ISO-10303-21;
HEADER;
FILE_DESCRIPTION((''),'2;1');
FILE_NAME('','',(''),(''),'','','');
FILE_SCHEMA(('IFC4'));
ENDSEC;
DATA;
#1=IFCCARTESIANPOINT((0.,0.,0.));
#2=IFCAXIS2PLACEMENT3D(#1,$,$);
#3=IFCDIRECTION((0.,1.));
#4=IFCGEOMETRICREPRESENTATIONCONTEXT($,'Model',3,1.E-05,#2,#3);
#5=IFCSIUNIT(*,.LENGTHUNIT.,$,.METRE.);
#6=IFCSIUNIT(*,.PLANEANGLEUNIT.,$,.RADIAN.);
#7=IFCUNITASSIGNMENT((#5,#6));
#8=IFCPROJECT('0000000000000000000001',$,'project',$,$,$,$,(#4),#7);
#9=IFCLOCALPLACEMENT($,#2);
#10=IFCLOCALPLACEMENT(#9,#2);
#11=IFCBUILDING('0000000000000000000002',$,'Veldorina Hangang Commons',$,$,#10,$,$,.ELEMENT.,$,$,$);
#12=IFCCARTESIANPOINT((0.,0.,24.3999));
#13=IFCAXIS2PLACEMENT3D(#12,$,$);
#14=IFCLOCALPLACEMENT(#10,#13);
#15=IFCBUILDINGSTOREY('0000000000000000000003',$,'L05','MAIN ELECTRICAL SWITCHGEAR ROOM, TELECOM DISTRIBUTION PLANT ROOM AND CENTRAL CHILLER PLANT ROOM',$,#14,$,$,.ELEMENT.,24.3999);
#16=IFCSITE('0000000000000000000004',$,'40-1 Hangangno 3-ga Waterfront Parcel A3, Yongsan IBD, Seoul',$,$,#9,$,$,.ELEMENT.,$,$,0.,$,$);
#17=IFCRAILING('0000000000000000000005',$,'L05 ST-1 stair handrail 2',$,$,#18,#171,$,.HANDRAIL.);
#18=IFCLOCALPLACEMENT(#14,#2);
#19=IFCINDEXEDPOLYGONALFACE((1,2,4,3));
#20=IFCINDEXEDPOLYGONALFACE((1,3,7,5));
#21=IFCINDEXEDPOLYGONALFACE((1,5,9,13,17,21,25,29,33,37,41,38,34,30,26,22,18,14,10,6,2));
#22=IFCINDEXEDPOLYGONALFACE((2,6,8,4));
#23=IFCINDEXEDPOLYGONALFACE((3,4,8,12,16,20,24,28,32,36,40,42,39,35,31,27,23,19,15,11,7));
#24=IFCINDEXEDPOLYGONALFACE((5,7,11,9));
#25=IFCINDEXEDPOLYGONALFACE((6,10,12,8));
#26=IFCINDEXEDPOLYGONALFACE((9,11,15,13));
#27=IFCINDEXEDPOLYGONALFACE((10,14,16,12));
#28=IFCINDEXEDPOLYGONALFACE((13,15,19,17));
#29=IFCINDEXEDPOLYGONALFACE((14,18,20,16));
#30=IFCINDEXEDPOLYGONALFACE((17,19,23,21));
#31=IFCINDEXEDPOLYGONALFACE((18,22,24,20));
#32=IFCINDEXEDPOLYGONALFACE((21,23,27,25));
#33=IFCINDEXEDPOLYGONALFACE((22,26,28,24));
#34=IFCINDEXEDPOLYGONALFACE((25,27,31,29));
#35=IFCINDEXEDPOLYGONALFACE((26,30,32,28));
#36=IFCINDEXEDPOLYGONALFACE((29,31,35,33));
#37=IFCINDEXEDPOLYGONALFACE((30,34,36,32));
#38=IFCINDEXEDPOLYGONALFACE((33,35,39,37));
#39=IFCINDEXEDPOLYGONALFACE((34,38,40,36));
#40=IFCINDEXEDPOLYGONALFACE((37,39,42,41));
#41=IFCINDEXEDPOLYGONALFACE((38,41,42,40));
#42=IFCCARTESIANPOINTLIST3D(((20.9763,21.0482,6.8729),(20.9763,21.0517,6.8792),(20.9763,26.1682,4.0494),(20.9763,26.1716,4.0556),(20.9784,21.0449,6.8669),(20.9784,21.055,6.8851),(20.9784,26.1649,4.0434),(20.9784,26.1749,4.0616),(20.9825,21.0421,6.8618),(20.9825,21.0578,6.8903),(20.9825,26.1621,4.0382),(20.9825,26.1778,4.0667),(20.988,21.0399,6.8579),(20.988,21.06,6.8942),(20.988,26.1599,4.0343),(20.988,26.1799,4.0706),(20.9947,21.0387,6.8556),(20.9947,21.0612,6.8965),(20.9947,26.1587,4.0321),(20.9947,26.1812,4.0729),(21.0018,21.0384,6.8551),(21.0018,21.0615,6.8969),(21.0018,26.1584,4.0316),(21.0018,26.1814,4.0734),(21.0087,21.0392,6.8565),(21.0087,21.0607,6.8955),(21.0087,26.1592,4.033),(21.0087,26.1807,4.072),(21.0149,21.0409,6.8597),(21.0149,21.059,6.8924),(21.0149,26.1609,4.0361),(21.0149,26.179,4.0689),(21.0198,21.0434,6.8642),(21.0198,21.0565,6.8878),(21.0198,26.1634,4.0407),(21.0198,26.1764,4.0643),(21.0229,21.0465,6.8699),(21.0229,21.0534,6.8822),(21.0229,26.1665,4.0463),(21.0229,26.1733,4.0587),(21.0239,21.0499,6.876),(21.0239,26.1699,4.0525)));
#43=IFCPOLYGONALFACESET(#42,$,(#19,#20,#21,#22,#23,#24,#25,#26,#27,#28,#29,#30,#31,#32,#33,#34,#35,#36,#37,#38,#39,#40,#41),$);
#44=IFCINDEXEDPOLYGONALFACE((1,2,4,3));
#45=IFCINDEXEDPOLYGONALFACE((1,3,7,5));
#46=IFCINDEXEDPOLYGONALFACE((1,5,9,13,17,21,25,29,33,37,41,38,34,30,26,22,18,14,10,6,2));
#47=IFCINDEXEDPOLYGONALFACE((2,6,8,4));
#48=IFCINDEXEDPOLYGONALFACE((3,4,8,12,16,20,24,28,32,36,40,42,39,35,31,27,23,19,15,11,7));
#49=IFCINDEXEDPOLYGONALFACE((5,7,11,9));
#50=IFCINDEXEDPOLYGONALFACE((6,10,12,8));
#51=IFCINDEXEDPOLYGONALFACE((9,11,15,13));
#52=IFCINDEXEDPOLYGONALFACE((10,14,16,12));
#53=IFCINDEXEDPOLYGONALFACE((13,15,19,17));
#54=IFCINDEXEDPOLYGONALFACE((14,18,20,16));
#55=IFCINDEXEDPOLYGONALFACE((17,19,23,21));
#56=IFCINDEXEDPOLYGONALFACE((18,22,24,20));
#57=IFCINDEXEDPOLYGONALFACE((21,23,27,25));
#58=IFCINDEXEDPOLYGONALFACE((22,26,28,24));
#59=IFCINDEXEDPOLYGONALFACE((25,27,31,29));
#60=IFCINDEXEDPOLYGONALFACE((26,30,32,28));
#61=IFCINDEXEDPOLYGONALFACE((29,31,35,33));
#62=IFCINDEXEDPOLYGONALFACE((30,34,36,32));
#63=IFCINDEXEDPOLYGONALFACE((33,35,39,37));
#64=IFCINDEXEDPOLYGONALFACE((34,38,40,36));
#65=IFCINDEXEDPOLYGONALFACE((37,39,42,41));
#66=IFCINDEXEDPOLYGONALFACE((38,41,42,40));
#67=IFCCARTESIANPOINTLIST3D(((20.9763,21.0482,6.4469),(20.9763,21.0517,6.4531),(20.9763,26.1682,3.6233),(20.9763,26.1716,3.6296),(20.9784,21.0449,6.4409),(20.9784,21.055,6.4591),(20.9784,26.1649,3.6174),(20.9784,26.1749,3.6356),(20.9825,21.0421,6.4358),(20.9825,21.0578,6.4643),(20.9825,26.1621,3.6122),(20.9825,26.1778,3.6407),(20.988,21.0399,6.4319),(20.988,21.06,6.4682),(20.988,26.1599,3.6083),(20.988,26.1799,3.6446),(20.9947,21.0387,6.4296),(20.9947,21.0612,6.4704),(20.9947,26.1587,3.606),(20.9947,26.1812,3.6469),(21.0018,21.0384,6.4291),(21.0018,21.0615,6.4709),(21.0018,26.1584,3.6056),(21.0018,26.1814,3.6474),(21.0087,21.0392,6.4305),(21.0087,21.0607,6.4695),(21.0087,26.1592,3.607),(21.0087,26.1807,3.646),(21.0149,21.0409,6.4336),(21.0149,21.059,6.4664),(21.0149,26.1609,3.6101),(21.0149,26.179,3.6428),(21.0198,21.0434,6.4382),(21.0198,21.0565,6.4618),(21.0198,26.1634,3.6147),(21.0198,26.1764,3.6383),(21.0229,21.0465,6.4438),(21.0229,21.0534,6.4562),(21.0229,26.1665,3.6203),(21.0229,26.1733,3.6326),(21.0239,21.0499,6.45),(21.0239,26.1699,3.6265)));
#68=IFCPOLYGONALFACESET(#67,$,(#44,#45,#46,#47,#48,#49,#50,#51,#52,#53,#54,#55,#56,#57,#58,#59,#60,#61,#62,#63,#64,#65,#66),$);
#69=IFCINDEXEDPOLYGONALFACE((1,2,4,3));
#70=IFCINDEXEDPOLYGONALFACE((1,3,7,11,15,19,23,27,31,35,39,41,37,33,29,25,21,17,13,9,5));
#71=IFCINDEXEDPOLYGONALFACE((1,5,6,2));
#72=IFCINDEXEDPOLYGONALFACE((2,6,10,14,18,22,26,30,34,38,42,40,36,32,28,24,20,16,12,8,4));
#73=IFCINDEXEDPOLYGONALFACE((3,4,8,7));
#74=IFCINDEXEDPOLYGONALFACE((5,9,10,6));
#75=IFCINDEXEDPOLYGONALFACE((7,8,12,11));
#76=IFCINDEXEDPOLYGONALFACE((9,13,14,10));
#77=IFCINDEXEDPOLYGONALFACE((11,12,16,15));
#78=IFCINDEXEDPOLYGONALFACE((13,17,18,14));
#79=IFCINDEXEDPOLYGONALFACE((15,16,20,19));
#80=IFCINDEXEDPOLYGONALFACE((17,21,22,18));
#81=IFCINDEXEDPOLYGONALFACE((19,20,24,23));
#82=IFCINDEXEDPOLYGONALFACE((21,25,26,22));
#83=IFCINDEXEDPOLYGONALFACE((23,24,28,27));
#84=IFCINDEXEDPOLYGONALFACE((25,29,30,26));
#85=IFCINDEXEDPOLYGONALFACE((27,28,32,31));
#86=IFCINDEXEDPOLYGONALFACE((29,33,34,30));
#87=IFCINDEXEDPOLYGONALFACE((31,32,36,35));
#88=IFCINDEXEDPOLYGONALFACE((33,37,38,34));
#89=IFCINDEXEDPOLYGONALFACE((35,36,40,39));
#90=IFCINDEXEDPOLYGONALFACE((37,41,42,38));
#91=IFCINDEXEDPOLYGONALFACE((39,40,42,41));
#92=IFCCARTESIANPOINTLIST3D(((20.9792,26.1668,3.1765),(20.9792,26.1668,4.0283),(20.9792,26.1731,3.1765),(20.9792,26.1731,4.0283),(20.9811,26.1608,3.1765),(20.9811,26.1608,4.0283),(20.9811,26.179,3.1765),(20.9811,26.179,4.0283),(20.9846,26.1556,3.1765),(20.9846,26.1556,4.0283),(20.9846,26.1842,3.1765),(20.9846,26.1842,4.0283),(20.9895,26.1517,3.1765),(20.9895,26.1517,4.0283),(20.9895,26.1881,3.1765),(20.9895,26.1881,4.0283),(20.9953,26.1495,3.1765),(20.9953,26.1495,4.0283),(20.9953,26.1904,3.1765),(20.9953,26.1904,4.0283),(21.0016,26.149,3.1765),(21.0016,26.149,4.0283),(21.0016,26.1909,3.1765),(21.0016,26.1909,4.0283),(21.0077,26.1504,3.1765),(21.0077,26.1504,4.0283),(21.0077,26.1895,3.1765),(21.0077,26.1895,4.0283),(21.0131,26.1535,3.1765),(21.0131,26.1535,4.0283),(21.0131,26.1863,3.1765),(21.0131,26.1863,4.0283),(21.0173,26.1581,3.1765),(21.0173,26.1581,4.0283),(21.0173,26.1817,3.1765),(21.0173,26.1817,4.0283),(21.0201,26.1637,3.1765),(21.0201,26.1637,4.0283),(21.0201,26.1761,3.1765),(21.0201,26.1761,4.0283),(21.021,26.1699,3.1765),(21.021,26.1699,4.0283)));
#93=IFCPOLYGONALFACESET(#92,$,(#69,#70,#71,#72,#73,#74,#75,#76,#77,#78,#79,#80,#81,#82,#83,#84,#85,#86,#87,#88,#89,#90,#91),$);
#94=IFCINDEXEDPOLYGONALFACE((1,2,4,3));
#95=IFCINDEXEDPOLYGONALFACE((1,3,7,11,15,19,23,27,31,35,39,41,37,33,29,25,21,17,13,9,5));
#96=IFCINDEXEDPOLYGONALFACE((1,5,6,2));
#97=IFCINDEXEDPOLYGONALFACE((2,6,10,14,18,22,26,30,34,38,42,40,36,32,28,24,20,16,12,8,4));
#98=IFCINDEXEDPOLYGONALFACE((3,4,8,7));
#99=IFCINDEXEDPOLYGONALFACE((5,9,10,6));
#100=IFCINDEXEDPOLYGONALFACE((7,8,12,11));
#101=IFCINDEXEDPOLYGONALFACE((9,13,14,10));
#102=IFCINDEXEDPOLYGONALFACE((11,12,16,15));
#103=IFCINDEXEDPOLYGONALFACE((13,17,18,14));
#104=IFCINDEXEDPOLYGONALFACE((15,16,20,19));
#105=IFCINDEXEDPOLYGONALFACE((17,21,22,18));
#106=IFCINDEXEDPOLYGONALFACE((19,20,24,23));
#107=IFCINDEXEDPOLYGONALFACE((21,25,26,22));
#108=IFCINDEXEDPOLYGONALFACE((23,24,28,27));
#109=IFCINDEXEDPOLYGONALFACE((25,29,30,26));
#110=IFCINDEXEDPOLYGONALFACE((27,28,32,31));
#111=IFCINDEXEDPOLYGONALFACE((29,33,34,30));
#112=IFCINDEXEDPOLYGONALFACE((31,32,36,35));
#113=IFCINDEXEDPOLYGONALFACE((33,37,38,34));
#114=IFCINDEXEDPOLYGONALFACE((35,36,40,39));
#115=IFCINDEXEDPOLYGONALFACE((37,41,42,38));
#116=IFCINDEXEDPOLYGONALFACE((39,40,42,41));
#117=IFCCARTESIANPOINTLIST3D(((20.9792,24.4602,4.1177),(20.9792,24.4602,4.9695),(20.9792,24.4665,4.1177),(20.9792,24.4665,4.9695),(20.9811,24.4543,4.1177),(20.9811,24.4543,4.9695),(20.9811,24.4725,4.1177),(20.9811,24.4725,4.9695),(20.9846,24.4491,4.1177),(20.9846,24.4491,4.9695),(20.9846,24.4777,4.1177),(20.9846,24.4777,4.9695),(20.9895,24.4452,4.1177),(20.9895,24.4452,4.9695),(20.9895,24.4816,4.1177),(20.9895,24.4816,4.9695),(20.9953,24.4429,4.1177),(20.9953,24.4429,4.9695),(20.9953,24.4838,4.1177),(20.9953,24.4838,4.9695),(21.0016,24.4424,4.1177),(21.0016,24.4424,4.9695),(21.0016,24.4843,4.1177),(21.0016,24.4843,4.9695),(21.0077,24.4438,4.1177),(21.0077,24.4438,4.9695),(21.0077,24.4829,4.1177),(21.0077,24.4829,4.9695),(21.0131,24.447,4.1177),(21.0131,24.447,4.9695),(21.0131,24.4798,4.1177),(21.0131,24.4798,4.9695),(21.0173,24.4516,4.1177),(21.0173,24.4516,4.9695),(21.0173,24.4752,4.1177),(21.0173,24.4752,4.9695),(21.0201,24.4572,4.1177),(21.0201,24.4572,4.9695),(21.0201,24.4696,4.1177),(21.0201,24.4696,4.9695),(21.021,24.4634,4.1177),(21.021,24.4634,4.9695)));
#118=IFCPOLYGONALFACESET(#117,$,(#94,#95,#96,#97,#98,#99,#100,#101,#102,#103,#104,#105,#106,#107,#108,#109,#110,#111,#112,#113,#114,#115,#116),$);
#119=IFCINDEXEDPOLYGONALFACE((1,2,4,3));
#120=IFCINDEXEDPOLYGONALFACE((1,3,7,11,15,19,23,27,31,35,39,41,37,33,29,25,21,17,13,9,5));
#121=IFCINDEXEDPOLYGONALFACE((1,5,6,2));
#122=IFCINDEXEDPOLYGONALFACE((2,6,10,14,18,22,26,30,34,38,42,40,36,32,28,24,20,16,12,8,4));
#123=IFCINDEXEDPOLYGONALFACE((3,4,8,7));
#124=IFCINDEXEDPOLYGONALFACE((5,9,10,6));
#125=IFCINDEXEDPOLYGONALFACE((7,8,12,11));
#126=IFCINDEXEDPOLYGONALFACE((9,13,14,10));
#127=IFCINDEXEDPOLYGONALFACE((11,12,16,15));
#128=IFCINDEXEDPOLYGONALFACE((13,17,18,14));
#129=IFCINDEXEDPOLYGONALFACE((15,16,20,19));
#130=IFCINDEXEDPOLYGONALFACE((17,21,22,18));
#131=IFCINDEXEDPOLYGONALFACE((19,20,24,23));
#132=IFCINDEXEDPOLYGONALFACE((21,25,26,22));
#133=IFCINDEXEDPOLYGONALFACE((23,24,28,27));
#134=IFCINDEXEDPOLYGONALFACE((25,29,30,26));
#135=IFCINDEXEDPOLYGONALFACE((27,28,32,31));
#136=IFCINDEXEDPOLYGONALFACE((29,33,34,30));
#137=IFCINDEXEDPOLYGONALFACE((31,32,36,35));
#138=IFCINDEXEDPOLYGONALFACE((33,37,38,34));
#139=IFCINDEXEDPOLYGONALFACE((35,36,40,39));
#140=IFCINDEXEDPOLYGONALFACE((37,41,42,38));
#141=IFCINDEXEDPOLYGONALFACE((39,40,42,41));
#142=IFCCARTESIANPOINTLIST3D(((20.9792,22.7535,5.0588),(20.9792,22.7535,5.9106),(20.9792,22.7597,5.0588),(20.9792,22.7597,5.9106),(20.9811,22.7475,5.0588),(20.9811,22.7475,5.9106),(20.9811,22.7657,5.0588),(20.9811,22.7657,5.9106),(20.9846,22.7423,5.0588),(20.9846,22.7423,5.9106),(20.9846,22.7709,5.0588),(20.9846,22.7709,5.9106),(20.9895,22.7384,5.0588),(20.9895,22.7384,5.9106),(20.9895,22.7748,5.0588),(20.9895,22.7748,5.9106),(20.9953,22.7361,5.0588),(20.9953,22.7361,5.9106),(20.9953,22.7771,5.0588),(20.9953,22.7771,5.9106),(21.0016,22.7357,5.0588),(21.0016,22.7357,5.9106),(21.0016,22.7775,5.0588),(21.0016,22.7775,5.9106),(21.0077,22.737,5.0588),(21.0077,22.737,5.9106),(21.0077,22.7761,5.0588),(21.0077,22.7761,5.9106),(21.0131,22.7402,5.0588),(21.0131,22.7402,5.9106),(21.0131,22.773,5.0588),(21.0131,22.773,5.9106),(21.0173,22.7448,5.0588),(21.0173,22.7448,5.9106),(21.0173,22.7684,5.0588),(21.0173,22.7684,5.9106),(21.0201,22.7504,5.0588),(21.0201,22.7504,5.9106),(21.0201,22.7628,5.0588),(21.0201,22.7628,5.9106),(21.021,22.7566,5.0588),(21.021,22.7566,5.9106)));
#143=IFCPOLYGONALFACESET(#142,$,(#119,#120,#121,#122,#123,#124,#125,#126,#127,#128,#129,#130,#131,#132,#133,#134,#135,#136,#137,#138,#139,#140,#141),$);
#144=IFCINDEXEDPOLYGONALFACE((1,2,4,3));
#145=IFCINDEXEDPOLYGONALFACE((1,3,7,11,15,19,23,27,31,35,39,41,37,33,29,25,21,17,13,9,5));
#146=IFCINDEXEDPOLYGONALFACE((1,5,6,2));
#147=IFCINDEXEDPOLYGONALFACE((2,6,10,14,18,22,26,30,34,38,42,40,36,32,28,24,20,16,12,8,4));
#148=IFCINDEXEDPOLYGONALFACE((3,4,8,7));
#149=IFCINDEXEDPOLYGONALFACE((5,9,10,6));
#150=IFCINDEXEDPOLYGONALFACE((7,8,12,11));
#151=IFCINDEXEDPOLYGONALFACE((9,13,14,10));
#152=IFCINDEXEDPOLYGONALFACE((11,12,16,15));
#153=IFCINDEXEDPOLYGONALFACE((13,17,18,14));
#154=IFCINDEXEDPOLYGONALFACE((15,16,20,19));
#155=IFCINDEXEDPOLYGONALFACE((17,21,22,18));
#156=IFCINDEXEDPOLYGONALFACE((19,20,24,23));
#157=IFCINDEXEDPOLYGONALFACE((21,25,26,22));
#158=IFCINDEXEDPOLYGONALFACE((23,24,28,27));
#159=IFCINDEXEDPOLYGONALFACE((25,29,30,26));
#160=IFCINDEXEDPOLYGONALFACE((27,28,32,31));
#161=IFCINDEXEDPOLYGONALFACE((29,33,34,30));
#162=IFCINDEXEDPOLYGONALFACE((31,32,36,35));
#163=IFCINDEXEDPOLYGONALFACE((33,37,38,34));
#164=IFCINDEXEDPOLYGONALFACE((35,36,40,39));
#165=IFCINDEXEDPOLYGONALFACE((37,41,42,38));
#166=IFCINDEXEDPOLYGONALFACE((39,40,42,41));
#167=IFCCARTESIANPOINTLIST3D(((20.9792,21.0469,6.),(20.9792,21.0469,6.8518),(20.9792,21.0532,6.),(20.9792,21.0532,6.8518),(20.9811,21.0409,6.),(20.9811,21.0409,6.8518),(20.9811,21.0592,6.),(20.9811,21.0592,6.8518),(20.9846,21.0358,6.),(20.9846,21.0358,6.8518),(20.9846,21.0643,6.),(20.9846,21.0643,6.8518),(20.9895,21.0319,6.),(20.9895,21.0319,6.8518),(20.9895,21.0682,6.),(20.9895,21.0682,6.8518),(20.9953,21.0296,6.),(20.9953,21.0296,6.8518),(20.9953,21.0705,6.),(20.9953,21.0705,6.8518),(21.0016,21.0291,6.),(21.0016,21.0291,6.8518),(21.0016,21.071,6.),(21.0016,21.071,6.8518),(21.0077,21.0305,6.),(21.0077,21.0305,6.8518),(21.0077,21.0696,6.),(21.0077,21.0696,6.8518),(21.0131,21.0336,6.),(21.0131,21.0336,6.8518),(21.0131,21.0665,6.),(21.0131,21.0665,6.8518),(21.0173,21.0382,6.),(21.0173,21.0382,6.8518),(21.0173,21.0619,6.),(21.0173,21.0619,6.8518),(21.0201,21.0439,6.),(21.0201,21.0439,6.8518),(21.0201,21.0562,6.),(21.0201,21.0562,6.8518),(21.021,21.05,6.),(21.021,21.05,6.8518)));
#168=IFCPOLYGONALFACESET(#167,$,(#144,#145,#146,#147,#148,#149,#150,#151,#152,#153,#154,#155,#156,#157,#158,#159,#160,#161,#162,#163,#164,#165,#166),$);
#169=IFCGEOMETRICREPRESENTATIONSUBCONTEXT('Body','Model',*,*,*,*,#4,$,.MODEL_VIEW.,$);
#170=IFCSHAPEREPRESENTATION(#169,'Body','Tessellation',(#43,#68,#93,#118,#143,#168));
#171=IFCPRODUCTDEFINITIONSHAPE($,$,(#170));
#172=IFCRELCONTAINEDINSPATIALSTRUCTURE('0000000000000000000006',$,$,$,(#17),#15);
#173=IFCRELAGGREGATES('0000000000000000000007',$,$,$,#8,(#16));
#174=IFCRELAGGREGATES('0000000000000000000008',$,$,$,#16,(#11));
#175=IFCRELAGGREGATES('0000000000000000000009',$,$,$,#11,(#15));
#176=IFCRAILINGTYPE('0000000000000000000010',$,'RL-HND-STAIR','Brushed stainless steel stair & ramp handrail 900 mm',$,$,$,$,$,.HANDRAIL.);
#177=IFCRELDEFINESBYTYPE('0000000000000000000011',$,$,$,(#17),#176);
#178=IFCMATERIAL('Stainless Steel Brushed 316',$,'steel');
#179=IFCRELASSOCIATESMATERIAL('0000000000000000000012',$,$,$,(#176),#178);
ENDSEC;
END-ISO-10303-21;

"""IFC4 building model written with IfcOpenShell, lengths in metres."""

from ifc_helpers import new_model, si_unit, direction, frame, origin, origin_2d, place, context, subcontext, project, spatial, circle, extrude, material, type_object, element, save


model = new_model("IFC4")

# Units and contexts
model_context = context("Model", 3, precision=1e-05, world=origin(), true_north=direction((0.0, 1.0)))
body_context = subcontext(model_context, "Body", "Model", "MODEL_VIEW")
ifc_project = project(units=[si_unit("LENGTHUNIT", "METRE"), si_unit("PLANEANGLEUNIT", "RADIAN")], contexts=[model_context])

# Site, building, storey
site_placement = place(None, origin())
site = spatial("IfcSite", under=ifc_project, at=site_placement, Name="40-1 Hangangno 3-ga Waterfront Parcel A3, Yongsan IBD, Seoul", CompositionType="ELEMENT", RefElevation=0.0)
building_placement = place(site_placement, origin())
building = spatial("IfcBuilding", under=site, at=building_placement, Name="Veldorina Hangang Commons", CompositionType="ELEMENT")
storey_placement = place(building_placement, frame((0.0, 0.0, 24.3999)))
storey = spatial("IfcBuildingStorey", under=building, at=storey_placement, Name="L05", Description="MAIN ELECTRICAL SWITCHGEAR ROOM, TELECOM DISTRIBUTION PLANT ROOM AND CENTRAL CHILLER PLANT ROOM", CompositionType="ELEMENT", Elevation=24.3999)

# Railing
ifc_material_1 = material(Name="Stainless Steel Brushed 316", Category="steel")
railing_type_1 = type_object("IfcRailingType", Name="RL-HND-STAIR", Description="Brushed stainless steel stair & ramp handrail 900 mm", PredefinedType="HANDRAIL", material=ifc_material_1)
railing_1_placement = place(storey_placement, frame((21.0, 26.1699, 3.1765)))
element("IfcRailing", 1, at=railing_1_placement, inside=storey, type_object=railing_type_1, Name="L05 ST-1 stair handrail 2", PredefinedType="HANDRAIL", context=body_context, shape_type="SweptSolid", body=[
    extrude(circle(Radius=0.0239, at=origin_2d()), frame((0.0, 0.0, 0.876), z_axis=(0.0, -0.87567, 0.482911), x_axis=(1.0, 0.0, 0.0)), (0.0, 0.0, 1.0), 5.8469),
    extrude(circle(Radius=0.0239, at=origin_2d()), frame((0.0, 0.0, 0.45), z_axis=(0.0, -0.87567, 0.482911), x_axis=(1.0, 0.0, 0.0)), (0.0, 0.0, 1.0), 5.8469),
    extrude(circle(Radius=0.021, at=origin_2d()), origin(), (0.0, 0.0, 1.0), 0.8518),
    extrude(circle(Radius=0.021, at=origin_2d()), frame((0.0, -1.7065, 0.9412)), (0.0, 0.0, 1.0), 0.8518),
    extrude(circle(Radius=0.021, at=origin_2d()), frame((0.0, -3.4133, 1.8823)), (0.0, 0.0, 1.0), 0.8518),
    extrude(circle(Radius=0.021, at=origin_2d()), frame((0.0, -5.1199, 2.8235)), (0.0, 0.0, 1.0), 0.8518),
])

save(model, "model.ifc")
